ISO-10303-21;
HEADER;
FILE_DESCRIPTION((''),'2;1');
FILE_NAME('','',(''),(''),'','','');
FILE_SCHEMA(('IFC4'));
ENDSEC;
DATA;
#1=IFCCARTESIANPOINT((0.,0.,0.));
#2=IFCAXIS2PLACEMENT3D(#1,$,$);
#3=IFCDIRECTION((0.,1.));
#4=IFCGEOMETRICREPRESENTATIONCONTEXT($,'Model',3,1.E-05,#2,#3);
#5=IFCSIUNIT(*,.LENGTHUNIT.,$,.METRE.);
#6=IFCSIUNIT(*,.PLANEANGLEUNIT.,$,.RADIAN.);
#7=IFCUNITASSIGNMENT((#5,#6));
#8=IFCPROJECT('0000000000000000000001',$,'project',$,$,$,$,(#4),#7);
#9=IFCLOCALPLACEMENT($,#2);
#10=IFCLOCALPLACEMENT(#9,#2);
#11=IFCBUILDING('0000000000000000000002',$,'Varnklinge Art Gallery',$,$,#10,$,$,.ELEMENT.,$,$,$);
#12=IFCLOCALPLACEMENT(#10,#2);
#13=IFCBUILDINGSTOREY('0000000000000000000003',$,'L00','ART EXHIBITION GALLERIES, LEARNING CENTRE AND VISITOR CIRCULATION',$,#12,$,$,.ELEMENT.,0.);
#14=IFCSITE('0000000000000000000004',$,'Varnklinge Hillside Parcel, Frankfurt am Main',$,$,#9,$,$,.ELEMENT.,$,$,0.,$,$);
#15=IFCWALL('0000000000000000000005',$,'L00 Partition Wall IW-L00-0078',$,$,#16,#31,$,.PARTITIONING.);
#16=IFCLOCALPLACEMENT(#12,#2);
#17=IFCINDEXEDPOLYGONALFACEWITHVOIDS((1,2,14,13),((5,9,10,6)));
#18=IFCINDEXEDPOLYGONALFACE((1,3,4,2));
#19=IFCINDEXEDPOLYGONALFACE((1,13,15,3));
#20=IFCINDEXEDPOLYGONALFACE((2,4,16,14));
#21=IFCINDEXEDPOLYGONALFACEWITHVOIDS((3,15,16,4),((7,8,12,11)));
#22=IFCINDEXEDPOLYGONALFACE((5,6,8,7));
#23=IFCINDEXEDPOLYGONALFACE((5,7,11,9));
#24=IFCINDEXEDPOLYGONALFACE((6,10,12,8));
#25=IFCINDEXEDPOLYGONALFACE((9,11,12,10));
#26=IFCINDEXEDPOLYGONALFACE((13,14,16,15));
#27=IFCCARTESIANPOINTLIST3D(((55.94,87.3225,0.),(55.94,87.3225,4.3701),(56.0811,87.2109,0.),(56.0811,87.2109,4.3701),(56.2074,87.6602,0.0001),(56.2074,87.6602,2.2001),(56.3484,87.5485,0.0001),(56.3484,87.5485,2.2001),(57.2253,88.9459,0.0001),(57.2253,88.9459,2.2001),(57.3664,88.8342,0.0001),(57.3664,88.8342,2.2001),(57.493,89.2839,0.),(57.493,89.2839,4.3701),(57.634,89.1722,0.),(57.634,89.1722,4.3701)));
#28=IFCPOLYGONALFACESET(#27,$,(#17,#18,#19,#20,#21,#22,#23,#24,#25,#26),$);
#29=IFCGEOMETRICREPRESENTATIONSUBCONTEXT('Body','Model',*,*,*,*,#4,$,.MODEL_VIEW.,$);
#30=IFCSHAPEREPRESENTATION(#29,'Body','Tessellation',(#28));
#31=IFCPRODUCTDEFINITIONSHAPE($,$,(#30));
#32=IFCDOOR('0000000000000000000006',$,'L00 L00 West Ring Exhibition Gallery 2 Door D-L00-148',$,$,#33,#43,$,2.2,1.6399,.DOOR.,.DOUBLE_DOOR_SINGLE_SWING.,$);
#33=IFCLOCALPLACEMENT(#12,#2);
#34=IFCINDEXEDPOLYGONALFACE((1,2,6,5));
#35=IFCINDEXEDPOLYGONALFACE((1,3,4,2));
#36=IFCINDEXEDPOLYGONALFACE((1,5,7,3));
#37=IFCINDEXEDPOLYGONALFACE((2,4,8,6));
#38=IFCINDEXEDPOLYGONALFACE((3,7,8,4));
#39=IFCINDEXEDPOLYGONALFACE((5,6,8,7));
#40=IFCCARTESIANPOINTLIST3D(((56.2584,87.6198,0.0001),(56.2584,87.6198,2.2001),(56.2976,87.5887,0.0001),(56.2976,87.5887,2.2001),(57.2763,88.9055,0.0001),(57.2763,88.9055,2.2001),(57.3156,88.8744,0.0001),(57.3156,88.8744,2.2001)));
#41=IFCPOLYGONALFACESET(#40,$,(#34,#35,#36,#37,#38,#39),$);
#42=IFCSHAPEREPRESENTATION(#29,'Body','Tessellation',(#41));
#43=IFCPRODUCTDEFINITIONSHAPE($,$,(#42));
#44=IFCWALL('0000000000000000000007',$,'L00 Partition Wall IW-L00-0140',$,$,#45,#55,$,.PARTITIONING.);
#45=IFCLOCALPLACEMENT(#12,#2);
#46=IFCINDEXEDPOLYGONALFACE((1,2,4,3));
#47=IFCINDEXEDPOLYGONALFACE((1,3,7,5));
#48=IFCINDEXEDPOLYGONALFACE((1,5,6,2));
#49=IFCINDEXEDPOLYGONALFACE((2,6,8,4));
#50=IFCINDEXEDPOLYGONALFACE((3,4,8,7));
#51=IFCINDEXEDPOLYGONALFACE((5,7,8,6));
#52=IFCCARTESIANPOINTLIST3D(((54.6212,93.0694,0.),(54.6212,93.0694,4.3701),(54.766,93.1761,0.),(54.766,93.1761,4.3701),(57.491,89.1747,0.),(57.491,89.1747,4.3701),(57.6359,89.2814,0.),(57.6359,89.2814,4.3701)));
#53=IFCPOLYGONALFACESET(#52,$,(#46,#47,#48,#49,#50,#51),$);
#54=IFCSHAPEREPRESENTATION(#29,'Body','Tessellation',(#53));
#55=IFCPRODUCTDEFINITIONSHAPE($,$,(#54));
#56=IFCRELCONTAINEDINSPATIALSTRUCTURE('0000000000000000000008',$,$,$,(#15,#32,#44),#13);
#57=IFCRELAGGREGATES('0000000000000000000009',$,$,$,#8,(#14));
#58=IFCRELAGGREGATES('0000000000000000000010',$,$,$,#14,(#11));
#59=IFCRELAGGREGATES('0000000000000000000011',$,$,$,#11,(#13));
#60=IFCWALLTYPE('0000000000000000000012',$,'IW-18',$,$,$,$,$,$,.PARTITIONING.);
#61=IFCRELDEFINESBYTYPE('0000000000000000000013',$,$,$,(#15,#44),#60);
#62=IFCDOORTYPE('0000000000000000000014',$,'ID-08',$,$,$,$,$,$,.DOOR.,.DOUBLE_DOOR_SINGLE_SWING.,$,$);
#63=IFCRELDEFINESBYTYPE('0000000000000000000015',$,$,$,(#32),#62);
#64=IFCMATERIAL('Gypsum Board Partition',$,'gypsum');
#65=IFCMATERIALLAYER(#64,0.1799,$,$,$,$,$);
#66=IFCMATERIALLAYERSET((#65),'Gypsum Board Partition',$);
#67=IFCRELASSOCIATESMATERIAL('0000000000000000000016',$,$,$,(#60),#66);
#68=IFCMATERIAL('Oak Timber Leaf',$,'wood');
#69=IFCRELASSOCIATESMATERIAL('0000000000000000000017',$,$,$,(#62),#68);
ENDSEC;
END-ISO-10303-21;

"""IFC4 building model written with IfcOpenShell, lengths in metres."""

from ifc_helpers import new_model, si_unit, direction, frame, frame_2d, origin, place, context, subcontext, project, spatial, rectangle, extrude, material, layer, layer_set, type_object, element, fill, save


model = new_model("IFC4")

# Units and contexts
model_context = context("Model", 3, precision=1e-05, world=origin(), true_north=direction((0.0, 1.0)))
body_context = subcontext(model_context, "Body", "Model", "MODEL_VIEW")
ifc_project = project(units=[si_unit("LENGTHUNIT", "METRE"), si_unit("PLANEANGLEUNIT", "RADIAN")], contexts=[model_context])

# Site, building, storey
site_placement = place(None, origin())
site = spatial("IfcSite", under=ifc_project, at=site_placement, Name="Varnklinge Hillside Parcel, Frankfurt am Main", CompositionType="ELEMENT", RefElevation=0.0)
building_placement = place(site_placement, origin())
building = spatial("IfcBuilding", under=site, at=building_placement, Name="Varnklinge Art Gallery", CompositionType="ELEMENT")
storey_placement = place(building_placement, origin())
storey = spatial("IfcBuildingStorey", under=building, at=storey_placement, Name="L00", Description="ART EXHIBITION GALLERIES, LEARNING CENTRE AND VISITOR CIRCULATION", CompositionType="ELEMENT", Elevation=0.0)

# Wall, opening, door
ifc_material_1 = material(Name="Gypsum Board Partition", Category="gypsum")
ifc_layer_1 = layer(ifc_material_1, 0.1799)
ifc_layer_set_1 = layer_set([ifc_layer_1], Name="Gypsum Board Partition")
wall_type = type_object("IfcWallType", Name="IW-18", PredefinedType="PARTITIONING", material=ifc_layer_set_1)
wall_1_placement = place(storey_placement, frame((56.0105, 87.2666, 0.0), z_axis=(0.0, 0.0, 1.0), x_axis=(0.620748, 0.78401, 0.0)))
wall_1 = element("IfcWall", 1, at=wall_1_placement, inside=storey, type_object=wall_type, Name="L00 Partition Wall IW-L00-0078", PredefinedType="PARTITIONING", context=body_context, shape_type="SweptSolid", body=[
    extrude(rectangle(XDim=2.5017, YDim=0.1799, at=frame_2d((1.251, 0.0))), origin(), (0.0, 0.0, 1.0), 4.3701),
])
opening_1_placement = place(wall_1_placement, frame((0.4309, 0.0, 0.0)))
opening_1 = element("IfcOpeningElement", 2, at=opening_1_placement, cuts=wall_1, PredefinedType="OPENING", context=body_context, shape_type="SweptSolid", body=[
    extrude(rectangle(XDim=1.6399, YDim=2.2, at=frame_2d((0.8198, 1.1001))), frame((0.0, 0.0999, 0.0), z_axis=(0.0, -1.0, 0.0), x_axis=(1.0, 0.0, 0.0)), (0.0, 0.0, 1.0), 0.2),
])
ifc_material_2 = material(Name="Oak Timber Leaf", Category="wood")
door_type_1 = type_object("IfcDoorType", Name="ID-08", OperationType="DOUBLE_DOOR_SINGLE_SWING", PredefinedType="DOOR", material=ifc_material_2)
door_1_placement = place(opening_1_placement, origin())
door_1 = element("IfcDoor", 3, at=door_1_placement, inside=storey, type_object=door_type_1, Name="L00 L00 West Ring Exhibition Gallery 2 Door D-L00-148", OperationType="DOUBLE_DOOR_SINGLE_SWING", OverallHeight=2.2, OverallWidth=1.6399, PredefinedType="DOOR", context=body_context, shape_type="SweptSolid", body=[
    extrude(rectangle(XDim=1.6399, YDim=2.2, at=frame_2d((0.8198, 1.1001))), frame((0.0, 0.0249, 0.0), z_axis=(0.0, -1.0, 0.0), x_axis=(1.0, 0.0, 0.0)), (0.0, 0.0, 1.0), 0.05),
])
fill(opening_1, door_1)

# Wall
wall_2_placement = place(storey_placement, frame((57.5635, 89.228, 0.0), z_axis=(0.0, 0.0, 1.0), x_axis=(-0.593204, 0.805052, 0.0)))
element("IfcWall", 4, at=wall_2_placement, inside=storey, type_object=wall_type, Name="L00 Partition Wall IW-L00-0140", PredefinedType="PARTITIONING", context=body_context, shape_type="SweptSolid", body=[
    extrude(rectangle(XDim=4.8379, YDim=0.1799, at=frame_2d((2.4189, 0.0))), origin(), (0.0, 0.0, 1.0), 4.3701),
])

save(model, "model.ifc")
